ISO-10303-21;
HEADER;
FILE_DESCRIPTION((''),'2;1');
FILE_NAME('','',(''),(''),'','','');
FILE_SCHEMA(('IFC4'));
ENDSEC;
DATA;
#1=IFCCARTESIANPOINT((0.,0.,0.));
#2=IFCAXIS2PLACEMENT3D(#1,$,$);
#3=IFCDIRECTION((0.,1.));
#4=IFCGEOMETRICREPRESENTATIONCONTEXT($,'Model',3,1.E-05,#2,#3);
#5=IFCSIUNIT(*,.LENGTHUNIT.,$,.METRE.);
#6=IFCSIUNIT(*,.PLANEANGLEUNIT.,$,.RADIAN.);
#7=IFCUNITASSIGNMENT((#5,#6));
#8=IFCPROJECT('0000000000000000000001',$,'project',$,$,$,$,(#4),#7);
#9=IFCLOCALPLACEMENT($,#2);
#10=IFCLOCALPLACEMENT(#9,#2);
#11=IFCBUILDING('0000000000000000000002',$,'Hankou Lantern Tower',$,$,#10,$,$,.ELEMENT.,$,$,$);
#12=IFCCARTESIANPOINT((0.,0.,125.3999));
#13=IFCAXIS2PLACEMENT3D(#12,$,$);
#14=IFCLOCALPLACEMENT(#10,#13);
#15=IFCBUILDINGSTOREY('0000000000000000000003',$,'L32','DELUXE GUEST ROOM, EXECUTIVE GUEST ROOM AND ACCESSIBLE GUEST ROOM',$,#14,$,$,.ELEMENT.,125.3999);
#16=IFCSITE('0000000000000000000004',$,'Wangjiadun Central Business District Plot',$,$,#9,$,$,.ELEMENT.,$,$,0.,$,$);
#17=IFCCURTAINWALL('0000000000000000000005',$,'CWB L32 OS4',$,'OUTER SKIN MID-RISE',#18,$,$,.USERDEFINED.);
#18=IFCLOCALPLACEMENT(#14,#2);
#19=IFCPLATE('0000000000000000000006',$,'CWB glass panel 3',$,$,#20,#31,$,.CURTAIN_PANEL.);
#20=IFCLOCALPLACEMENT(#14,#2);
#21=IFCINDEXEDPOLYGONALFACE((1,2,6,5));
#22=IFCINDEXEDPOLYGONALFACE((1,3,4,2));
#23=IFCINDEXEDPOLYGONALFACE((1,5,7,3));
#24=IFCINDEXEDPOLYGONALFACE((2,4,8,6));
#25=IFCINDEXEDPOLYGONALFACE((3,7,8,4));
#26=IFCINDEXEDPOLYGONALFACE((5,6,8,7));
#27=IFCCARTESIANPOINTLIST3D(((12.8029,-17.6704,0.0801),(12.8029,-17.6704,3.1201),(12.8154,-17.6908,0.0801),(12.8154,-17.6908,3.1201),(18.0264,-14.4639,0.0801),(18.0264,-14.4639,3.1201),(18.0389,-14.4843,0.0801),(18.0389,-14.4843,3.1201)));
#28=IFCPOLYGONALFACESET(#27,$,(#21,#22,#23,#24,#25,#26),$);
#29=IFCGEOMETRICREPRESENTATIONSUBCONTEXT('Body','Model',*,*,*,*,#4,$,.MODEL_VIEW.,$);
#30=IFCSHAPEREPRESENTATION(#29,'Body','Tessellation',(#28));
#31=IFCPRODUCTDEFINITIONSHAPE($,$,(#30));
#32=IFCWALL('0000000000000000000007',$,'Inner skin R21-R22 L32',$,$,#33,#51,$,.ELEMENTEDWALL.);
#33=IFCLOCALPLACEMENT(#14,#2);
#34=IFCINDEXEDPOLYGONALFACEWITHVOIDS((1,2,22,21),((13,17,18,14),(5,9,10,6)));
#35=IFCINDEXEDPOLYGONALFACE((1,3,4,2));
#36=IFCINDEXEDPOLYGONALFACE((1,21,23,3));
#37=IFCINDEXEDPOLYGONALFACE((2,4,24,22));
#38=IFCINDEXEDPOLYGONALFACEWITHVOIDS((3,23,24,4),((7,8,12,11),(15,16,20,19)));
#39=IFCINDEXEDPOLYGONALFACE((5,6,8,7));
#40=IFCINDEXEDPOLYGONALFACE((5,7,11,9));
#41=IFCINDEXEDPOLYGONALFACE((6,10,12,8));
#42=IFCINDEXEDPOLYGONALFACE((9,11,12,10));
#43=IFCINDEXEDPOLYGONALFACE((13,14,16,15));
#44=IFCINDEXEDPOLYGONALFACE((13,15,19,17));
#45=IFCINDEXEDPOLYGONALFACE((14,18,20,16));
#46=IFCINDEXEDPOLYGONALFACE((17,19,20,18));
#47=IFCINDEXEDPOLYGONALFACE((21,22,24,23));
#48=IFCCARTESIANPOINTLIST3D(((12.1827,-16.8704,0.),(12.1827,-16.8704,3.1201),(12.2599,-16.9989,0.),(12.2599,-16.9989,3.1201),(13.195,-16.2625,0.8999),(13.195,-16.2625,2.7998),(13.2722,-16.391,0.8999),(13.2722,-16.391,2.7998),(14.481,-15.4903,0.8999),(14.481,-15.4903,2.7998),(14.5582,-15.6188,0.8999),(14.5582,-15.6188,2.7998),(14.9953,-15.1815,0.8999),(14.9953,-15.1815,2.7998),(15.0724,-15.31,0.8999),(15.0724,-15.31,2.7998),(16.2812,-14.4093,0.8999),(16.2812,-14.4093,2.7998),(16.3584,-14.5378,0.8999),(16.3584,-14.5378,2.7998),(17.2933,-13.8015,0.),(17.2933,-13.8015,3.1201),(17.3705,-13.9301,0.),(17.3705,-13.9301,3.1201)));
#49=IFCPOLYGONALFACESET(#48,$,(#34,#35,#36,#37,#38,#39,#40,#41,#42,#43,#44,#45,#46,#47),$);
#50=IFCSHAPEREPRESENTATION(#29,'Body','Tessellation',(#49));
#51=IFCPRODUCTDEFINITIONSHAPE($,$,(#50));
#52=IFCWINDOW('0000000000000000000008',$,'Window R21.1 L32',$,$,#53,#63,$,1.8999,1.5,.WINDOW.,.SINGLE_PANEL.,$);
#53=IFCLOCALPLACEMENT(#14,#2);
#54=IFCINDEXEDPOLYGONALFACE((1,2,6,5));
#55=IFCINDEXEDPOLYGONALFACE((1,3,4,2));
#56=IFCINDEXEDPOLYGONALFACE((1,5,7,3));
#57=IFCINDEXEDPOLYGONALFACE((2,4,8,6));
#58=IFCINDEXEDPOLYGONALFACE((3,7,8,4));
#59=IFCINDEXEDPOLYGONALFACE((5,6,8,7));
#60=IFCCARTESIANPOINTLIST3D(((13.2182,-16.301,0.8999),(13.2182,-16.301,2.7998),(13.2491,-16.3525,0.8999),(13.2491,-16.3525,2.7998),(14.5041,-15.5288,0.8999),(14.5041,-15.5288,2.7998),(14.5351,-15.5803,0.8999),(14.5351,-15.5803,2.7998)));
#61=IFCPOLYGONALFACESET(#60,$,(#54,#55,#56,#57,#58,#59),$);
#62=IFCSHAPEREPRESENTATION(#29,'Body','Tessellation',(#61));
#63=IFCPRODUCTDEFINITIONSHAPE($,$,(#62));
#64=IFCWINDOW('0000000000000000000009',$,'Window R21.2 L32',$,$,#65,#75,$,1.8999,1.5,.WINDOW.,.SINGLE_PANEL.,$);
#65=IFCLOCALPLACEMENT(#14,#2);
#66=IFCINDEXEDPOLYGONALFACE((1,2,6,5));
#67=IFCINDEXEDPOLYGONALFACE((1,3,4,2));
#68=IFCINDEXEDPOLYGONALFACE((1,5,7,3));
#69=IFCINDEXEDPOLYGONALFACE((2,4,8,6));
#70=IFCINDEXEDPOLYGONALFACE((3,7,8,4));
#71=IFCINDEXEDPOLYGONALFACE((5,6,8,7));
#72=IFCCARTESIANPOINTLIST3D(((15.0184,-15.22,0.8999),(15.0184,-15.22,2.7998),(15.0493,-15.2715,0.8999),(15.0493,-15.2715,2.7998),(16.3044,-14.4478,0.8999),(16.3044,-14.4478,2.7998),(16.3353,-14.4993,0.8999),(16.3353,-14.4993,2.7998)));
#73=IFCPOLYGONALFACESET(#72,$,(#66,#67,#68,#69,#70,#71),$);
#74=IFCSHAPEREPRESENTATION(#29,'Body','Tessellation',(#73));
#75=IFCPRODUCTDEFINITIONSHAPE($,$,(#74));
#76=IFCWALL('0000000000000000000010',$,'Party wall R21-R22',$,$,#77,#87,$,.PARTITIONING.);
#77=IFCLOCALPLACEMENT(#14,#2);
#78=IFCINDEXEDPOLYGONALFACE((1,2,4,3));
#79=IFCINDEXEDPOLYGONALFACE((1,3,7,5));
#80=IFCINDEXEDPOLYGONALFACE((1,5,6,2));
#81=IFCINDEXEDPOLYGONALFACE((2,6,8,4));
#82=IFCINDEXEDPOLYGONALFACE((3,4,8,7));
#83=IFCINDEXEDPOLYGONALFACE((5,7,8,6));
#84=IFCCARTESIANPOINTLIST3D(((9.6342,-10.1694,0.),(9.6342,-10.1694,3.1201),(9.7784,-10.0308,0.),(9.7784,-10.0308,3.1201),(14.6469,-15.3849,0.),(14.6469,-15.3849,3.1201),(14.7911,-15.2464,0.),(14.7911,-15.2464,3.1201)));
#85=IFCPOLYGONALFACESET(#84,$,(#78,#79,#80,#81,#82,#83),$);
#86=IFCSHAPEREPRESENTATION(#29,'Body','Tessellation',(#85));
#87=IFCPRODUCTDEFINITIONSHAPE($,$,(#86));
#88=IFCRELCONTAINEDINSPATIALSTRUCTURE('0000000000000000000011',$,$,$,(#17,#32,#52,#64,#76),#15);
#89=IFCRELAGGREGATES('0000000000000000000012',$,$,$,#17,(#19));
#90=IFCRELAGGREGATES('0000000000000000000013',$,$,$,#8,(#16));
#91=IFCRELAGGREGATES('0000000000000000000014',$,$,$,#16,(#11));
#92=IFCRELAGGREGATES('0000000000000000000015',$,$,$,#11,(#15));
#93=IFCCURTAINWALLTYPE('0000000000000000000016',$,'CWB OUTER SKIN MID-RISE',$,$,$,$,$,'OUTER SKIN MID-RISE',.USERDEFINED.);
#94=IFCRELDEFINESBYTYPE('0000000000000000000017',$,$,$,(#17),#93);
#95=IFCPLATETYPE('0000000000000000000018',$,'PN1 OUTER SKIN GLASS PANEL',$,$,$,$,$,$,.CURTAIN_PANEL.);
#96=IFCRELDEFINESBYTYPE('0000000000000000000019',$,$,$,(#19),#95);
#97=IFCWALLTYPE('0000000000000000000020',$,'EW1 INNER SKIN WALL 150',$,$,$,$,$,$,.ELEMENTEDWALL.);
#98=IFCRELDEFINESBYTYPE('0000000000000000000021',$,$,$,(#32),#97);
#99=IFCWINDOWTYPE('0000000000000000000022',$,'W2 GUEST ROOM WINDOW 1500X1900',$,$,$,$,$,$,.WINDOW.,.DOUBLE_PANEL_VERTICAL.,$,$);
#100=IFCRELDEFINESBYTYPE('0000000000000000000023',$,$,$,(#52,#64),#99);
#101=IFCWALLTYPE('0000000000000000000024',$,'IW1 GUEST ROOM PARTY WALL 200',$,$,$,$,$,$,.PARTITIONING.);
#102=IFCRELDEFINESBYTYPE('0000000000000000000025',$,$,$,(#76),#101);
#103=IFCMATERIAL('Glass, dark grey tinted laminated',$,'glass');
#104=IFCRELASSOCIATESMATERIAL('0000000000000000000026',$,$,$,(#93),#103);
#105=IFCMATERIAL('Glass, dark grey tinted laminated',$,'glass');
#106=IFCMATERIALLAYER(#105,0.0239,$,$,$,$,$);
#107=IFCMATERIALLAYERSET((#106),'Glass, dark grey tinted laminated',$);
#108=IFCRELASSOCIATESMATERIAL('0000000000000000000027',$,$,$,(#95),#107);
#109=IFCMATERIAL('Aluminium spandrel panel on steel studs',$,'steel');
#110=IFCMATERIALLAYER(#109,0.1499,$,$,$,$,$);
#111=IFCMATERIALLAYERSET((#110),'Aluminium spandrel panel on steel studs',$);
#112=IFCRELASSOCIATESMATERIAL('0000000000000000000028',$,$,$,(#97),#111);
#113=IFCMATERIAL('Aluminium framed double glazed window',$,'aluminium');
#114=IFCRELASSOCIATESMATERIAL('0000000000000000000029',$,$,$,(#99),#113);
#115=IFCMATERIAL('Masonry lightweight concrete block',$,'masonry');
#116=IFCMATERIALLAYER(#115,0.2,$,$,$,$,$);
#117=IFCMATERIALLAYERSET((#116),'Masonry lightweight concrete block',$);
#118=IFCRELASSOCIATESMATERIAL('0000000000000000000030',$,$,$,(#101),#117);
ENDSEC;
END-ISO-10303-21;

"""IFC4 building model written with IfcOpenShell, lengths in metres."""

from ifc_helpers import new_model, si_unit, direction, frame, frame_2d, origin, origin_2d, place, context, subcontext, project, spatial, rectangle, extrude, material, layer, layer_set, type_object, element, fill, aggregate, save


model = new_model("IFC4")

# Units and contexts
model_context = context("Model", 3, precision=1e-05, world=origin(), true_north=direction((0.0, 1.0)))
body_context = subcontext(model_context, "Body", "Model", "MODEL_VIEW")
ifc_project = project(units=[si_unit("LENGTHUNIT", "METRE"), si_unit("PLANEANGLEUNIT", "RADIAN")], contexts=[model_context])

# Site, building, storey
site_placement = place(None, origin())
site = spatial("IfcSite", under=ifc_project, at=site_placement, Name="Wangjiadun Central Business District Plot", CompositionType="ELEMENT", RefElevation=0.0)
building_placement = place(site_placement, origin())
building = spatial("IfcBuilding", under=site, at=building_placement, Name="Hankou Lantern Tower", CompositionType="ELEMENT")
storey_placement = place(building_placement, frame((0.0, 0.0, 125.3999)))
storey = spatial("IfcBuildingStorey", under=building, at=storey_placement, Name="L32", Description="DELUXE GUEST ROOM, EXECUTIVE GUEST ROOM AND ACCESSIBLE GUEST ROOM", CompositionType="ELEMENT", Elevation=125.3999)

# Curtain wall
ifc_material_1 = material(Name="Glass, dark grey tinted laminated", Category="glass")
curtain_wall_type = type_object("IfcCurtainWallType", Name="CWB OUTER SKIN MID-RISE", ElementType="OUTER SKIN MID-RISE", PredefinedType="USERDEFINED", material=ifc_material_1)
curtain_wall_placement = place(storey_placement, origin())
curtain_wall = element("IfcCurtainWall", 1, at=curtain_wall_placement, inside=storey, type_object=curtain_wall_type, Name="CWB L32 OS4", ObjectType="OUTER SKIN MID-RISE", PredefinedType="USERDEFINED")

# Plate
ifc_material_2 = material(Name="Glass, dark grey tinted laminated", Category="glass")
ifc_layer_1 = layer(ifc_material_2, 0.0239)
ifc_layer_set_1 = layer_set([ifc_layer_1], Name="Glass, dark grey tinted laminated")
plate_type = type_object("IfcPlateType", Name="PN1 OUTER SKIN GLASS PANEL", PredefinedType="CURTAIN_PANEL", material=ifc_layer_set_1)
plate_placement = place(storey_placement, frame((15.4209, -16.0774, 0.0801), z_axis=(0.0, 0.0, 1.0), x_axis=(0.852237, 0.523156, 0.0)))
plate = element("IfcPlate", 2, at=plate_placement, type_object=plate_type, Name="CWB glass panel 3", PredefinedType="CURTAIN_PANEL", context=body_context, shape_type="SweptSolid", body=[
    extrude(rectangle(XDim=6.1292, YDim=0.0239, at=origin_2d()), origin(), (0.0, 0.0, 1.0), 3.04),
])
aggregate(curtain_wall, [plate])

# Wall, openings, windows
ifc_material_3 = material(Name="Aluminium spandrel panel on steel studs", Category="steel")
ifc_layer_2 = layer(ifc_material_3, 0.1499)
ifc_layer_set_2 = layer_set([ifc_layer_2], Name="Aluminium spandrel panel on steel studs")
wall_type_1 = type_object("IfcWallType", Name="EW1 INNER SKIN WALL 150", PredefinedType="ELEMENTEDWALL", material=ifc_layer_set_2)
wall_1_placement = place(storey_placement, frame((12.2214, -16.9346, 0.0), z_axis=(0.0, 0.0, 1.0), x_axis=(0.857309, 0.514803, 0.0)))
wall_1 = element("IfcWall", 3, at=wall_1_placement, inside=storey, type_object=wall_type_1, Name="Inner skin R21-R22 L32", PredefinedType="ELEMENTEDWALL", context=body_context, shape_type="SweptSolid", body=[
    extrude(rectangle(XDim=5.9612, YDim=0.1499, at=frame_2d((2.9805, 0.0))), origin(), (0.0, 0.0, 1.0), 3.1201),
])
opening_1_placement = place(wall_1_placement, frame((1.1807, 0.0, 0.8999)))
opening_1 = element("IfcOpeningElement", 4, at=opening_1_placement, cuts=wall_1, PredefinedType="OPENING", context=body_context, shape_type="SweptSolid", body=[
    extrude(rectangle(XDim=1.5, YDim=1.8999, at=frame_2d((0.75, 0.95))), frame((0.0, 0.085, 0.0), z_axis=(0.0, -1.0, 0.0), x_axis=(1.0, 0.0, 0.0)), (0.0, 0.0, 1.0), 0.1699),
])
opening_2_placement = place(wall_1_placement, frame((3.2805, 0.0, 0.8999)))
opening_2 = element("IfcOpeningElement", 5, at=opening_2_placement, cuts=wall_1, PredefinedType="OPENING", context=body_context, shape_type="SweptSolid", body=[
    extrude(rectangle(XDim=1.5, YDim=1.8999, at=frame_2d((0.75, 0.95))), frame((0.0, 0.085, 0.0), z_axis=(0.0, -1.0, 0.0), x_axis=(1.0, 0.0, 0.0)), (0.0, 0.0, 1.0), 0.1699),
])
ifc_material_4 = material(Name="Aluminium framed double glazed window", Category="aluminium")
window_type = type_object("IfcWindowType", Name="W2 GUEST ROOM WINDOW 1500X1900", PartitioningType="DOUBLE_PANEL_VERTICAL", PredefinedType="WINDOW", material=ifc_material_4)
window_1_placement = place(opening_1_placement, origin())
window_1 = element("IfcWindow", 6, at=window_1_placement, inside=storey, type_object=window_type, Name="Window R21.1 L32", OverallHeight=1.8999, OverallWidth=1.5, PartitioningType="SINGLE_PANEL", PredefinedType="WINDOW", context=body_context, shape_type="SweptSolid", body=[
    extrude(rectangle(XDim=1.5, YDim=1.8999, at=frame_2d((0.75, 0.95))), frame((0.0, 0.03, 0.0), z_axis=(0.0, -1.0, 0.0), x_axis=(1.0, 0.0, 0.0)), (0.0, 0.0, 1.0), 0.0601),
])
fill(opening_1, window_1)
window_2_placement = place(opening_2_placement, origin())
window_2 = element("IfcWindow", 7, at=window_2_placement, inside=storey, type_object=window_type, Name="Window R21.2 L32", OverallHeight=1.8999, OverallWidth=1.5, PartitioningType="SINGLE_PANEL", PredefinedType="WINDOW", context=body_context, shape_type="SweptSolid", body=[
    extrude(rectangle(XDim=1.5, YDim=1.8999, at=frame_2d((0.75, 0.95))), frame((0.0, 0.03, 0.0), z_axis=(0.0, -1.0, 0.0), x_axis=(1.0, 0.0, 0.0)), (0.0, 0.0, 1.0), 0.0601),
])
fill(opening_2, window_2)

# Wall
ifc_material_5 = material(Name="Masonry lightweight concrete block", Category="masonry")
ifc_layer_3 = layer(ifc_material_5, 0.2)
ifc_layer_set_3 = layer_set([ifc_layer_3], Name="Masonry lightweight concrete block")
wall_type_2 = type_object("IfcWallType", Name="IW1 GUEST ROOM PARTY WALL 200", PredefinedType="PARTITIONING", material=ifc_layer_set_3)
wall_2_placement = place(storey_placement, frame((9.7063, -10.1001, 0.0), z_axis=(0.0, 0.0, 1.0), x_axis=(0.692945, -0.720991, 0.0)))
element("IfcWall", 8, at=wall_2_placement, inside=storey, type_object=wall_type_2, Name="Party wall R21-R22", PredefinedType="PARTITIONING", context=body_context, shape_type="SweptSolid", body=[
    extrude(rectangle(XDim=7.2339, YDim=0.2, at=frame_2d((3.6169, 0.0))), origin(), (0.0, 0.0, 1.0), 3.1201),
])

save(model, "model.ifc")
